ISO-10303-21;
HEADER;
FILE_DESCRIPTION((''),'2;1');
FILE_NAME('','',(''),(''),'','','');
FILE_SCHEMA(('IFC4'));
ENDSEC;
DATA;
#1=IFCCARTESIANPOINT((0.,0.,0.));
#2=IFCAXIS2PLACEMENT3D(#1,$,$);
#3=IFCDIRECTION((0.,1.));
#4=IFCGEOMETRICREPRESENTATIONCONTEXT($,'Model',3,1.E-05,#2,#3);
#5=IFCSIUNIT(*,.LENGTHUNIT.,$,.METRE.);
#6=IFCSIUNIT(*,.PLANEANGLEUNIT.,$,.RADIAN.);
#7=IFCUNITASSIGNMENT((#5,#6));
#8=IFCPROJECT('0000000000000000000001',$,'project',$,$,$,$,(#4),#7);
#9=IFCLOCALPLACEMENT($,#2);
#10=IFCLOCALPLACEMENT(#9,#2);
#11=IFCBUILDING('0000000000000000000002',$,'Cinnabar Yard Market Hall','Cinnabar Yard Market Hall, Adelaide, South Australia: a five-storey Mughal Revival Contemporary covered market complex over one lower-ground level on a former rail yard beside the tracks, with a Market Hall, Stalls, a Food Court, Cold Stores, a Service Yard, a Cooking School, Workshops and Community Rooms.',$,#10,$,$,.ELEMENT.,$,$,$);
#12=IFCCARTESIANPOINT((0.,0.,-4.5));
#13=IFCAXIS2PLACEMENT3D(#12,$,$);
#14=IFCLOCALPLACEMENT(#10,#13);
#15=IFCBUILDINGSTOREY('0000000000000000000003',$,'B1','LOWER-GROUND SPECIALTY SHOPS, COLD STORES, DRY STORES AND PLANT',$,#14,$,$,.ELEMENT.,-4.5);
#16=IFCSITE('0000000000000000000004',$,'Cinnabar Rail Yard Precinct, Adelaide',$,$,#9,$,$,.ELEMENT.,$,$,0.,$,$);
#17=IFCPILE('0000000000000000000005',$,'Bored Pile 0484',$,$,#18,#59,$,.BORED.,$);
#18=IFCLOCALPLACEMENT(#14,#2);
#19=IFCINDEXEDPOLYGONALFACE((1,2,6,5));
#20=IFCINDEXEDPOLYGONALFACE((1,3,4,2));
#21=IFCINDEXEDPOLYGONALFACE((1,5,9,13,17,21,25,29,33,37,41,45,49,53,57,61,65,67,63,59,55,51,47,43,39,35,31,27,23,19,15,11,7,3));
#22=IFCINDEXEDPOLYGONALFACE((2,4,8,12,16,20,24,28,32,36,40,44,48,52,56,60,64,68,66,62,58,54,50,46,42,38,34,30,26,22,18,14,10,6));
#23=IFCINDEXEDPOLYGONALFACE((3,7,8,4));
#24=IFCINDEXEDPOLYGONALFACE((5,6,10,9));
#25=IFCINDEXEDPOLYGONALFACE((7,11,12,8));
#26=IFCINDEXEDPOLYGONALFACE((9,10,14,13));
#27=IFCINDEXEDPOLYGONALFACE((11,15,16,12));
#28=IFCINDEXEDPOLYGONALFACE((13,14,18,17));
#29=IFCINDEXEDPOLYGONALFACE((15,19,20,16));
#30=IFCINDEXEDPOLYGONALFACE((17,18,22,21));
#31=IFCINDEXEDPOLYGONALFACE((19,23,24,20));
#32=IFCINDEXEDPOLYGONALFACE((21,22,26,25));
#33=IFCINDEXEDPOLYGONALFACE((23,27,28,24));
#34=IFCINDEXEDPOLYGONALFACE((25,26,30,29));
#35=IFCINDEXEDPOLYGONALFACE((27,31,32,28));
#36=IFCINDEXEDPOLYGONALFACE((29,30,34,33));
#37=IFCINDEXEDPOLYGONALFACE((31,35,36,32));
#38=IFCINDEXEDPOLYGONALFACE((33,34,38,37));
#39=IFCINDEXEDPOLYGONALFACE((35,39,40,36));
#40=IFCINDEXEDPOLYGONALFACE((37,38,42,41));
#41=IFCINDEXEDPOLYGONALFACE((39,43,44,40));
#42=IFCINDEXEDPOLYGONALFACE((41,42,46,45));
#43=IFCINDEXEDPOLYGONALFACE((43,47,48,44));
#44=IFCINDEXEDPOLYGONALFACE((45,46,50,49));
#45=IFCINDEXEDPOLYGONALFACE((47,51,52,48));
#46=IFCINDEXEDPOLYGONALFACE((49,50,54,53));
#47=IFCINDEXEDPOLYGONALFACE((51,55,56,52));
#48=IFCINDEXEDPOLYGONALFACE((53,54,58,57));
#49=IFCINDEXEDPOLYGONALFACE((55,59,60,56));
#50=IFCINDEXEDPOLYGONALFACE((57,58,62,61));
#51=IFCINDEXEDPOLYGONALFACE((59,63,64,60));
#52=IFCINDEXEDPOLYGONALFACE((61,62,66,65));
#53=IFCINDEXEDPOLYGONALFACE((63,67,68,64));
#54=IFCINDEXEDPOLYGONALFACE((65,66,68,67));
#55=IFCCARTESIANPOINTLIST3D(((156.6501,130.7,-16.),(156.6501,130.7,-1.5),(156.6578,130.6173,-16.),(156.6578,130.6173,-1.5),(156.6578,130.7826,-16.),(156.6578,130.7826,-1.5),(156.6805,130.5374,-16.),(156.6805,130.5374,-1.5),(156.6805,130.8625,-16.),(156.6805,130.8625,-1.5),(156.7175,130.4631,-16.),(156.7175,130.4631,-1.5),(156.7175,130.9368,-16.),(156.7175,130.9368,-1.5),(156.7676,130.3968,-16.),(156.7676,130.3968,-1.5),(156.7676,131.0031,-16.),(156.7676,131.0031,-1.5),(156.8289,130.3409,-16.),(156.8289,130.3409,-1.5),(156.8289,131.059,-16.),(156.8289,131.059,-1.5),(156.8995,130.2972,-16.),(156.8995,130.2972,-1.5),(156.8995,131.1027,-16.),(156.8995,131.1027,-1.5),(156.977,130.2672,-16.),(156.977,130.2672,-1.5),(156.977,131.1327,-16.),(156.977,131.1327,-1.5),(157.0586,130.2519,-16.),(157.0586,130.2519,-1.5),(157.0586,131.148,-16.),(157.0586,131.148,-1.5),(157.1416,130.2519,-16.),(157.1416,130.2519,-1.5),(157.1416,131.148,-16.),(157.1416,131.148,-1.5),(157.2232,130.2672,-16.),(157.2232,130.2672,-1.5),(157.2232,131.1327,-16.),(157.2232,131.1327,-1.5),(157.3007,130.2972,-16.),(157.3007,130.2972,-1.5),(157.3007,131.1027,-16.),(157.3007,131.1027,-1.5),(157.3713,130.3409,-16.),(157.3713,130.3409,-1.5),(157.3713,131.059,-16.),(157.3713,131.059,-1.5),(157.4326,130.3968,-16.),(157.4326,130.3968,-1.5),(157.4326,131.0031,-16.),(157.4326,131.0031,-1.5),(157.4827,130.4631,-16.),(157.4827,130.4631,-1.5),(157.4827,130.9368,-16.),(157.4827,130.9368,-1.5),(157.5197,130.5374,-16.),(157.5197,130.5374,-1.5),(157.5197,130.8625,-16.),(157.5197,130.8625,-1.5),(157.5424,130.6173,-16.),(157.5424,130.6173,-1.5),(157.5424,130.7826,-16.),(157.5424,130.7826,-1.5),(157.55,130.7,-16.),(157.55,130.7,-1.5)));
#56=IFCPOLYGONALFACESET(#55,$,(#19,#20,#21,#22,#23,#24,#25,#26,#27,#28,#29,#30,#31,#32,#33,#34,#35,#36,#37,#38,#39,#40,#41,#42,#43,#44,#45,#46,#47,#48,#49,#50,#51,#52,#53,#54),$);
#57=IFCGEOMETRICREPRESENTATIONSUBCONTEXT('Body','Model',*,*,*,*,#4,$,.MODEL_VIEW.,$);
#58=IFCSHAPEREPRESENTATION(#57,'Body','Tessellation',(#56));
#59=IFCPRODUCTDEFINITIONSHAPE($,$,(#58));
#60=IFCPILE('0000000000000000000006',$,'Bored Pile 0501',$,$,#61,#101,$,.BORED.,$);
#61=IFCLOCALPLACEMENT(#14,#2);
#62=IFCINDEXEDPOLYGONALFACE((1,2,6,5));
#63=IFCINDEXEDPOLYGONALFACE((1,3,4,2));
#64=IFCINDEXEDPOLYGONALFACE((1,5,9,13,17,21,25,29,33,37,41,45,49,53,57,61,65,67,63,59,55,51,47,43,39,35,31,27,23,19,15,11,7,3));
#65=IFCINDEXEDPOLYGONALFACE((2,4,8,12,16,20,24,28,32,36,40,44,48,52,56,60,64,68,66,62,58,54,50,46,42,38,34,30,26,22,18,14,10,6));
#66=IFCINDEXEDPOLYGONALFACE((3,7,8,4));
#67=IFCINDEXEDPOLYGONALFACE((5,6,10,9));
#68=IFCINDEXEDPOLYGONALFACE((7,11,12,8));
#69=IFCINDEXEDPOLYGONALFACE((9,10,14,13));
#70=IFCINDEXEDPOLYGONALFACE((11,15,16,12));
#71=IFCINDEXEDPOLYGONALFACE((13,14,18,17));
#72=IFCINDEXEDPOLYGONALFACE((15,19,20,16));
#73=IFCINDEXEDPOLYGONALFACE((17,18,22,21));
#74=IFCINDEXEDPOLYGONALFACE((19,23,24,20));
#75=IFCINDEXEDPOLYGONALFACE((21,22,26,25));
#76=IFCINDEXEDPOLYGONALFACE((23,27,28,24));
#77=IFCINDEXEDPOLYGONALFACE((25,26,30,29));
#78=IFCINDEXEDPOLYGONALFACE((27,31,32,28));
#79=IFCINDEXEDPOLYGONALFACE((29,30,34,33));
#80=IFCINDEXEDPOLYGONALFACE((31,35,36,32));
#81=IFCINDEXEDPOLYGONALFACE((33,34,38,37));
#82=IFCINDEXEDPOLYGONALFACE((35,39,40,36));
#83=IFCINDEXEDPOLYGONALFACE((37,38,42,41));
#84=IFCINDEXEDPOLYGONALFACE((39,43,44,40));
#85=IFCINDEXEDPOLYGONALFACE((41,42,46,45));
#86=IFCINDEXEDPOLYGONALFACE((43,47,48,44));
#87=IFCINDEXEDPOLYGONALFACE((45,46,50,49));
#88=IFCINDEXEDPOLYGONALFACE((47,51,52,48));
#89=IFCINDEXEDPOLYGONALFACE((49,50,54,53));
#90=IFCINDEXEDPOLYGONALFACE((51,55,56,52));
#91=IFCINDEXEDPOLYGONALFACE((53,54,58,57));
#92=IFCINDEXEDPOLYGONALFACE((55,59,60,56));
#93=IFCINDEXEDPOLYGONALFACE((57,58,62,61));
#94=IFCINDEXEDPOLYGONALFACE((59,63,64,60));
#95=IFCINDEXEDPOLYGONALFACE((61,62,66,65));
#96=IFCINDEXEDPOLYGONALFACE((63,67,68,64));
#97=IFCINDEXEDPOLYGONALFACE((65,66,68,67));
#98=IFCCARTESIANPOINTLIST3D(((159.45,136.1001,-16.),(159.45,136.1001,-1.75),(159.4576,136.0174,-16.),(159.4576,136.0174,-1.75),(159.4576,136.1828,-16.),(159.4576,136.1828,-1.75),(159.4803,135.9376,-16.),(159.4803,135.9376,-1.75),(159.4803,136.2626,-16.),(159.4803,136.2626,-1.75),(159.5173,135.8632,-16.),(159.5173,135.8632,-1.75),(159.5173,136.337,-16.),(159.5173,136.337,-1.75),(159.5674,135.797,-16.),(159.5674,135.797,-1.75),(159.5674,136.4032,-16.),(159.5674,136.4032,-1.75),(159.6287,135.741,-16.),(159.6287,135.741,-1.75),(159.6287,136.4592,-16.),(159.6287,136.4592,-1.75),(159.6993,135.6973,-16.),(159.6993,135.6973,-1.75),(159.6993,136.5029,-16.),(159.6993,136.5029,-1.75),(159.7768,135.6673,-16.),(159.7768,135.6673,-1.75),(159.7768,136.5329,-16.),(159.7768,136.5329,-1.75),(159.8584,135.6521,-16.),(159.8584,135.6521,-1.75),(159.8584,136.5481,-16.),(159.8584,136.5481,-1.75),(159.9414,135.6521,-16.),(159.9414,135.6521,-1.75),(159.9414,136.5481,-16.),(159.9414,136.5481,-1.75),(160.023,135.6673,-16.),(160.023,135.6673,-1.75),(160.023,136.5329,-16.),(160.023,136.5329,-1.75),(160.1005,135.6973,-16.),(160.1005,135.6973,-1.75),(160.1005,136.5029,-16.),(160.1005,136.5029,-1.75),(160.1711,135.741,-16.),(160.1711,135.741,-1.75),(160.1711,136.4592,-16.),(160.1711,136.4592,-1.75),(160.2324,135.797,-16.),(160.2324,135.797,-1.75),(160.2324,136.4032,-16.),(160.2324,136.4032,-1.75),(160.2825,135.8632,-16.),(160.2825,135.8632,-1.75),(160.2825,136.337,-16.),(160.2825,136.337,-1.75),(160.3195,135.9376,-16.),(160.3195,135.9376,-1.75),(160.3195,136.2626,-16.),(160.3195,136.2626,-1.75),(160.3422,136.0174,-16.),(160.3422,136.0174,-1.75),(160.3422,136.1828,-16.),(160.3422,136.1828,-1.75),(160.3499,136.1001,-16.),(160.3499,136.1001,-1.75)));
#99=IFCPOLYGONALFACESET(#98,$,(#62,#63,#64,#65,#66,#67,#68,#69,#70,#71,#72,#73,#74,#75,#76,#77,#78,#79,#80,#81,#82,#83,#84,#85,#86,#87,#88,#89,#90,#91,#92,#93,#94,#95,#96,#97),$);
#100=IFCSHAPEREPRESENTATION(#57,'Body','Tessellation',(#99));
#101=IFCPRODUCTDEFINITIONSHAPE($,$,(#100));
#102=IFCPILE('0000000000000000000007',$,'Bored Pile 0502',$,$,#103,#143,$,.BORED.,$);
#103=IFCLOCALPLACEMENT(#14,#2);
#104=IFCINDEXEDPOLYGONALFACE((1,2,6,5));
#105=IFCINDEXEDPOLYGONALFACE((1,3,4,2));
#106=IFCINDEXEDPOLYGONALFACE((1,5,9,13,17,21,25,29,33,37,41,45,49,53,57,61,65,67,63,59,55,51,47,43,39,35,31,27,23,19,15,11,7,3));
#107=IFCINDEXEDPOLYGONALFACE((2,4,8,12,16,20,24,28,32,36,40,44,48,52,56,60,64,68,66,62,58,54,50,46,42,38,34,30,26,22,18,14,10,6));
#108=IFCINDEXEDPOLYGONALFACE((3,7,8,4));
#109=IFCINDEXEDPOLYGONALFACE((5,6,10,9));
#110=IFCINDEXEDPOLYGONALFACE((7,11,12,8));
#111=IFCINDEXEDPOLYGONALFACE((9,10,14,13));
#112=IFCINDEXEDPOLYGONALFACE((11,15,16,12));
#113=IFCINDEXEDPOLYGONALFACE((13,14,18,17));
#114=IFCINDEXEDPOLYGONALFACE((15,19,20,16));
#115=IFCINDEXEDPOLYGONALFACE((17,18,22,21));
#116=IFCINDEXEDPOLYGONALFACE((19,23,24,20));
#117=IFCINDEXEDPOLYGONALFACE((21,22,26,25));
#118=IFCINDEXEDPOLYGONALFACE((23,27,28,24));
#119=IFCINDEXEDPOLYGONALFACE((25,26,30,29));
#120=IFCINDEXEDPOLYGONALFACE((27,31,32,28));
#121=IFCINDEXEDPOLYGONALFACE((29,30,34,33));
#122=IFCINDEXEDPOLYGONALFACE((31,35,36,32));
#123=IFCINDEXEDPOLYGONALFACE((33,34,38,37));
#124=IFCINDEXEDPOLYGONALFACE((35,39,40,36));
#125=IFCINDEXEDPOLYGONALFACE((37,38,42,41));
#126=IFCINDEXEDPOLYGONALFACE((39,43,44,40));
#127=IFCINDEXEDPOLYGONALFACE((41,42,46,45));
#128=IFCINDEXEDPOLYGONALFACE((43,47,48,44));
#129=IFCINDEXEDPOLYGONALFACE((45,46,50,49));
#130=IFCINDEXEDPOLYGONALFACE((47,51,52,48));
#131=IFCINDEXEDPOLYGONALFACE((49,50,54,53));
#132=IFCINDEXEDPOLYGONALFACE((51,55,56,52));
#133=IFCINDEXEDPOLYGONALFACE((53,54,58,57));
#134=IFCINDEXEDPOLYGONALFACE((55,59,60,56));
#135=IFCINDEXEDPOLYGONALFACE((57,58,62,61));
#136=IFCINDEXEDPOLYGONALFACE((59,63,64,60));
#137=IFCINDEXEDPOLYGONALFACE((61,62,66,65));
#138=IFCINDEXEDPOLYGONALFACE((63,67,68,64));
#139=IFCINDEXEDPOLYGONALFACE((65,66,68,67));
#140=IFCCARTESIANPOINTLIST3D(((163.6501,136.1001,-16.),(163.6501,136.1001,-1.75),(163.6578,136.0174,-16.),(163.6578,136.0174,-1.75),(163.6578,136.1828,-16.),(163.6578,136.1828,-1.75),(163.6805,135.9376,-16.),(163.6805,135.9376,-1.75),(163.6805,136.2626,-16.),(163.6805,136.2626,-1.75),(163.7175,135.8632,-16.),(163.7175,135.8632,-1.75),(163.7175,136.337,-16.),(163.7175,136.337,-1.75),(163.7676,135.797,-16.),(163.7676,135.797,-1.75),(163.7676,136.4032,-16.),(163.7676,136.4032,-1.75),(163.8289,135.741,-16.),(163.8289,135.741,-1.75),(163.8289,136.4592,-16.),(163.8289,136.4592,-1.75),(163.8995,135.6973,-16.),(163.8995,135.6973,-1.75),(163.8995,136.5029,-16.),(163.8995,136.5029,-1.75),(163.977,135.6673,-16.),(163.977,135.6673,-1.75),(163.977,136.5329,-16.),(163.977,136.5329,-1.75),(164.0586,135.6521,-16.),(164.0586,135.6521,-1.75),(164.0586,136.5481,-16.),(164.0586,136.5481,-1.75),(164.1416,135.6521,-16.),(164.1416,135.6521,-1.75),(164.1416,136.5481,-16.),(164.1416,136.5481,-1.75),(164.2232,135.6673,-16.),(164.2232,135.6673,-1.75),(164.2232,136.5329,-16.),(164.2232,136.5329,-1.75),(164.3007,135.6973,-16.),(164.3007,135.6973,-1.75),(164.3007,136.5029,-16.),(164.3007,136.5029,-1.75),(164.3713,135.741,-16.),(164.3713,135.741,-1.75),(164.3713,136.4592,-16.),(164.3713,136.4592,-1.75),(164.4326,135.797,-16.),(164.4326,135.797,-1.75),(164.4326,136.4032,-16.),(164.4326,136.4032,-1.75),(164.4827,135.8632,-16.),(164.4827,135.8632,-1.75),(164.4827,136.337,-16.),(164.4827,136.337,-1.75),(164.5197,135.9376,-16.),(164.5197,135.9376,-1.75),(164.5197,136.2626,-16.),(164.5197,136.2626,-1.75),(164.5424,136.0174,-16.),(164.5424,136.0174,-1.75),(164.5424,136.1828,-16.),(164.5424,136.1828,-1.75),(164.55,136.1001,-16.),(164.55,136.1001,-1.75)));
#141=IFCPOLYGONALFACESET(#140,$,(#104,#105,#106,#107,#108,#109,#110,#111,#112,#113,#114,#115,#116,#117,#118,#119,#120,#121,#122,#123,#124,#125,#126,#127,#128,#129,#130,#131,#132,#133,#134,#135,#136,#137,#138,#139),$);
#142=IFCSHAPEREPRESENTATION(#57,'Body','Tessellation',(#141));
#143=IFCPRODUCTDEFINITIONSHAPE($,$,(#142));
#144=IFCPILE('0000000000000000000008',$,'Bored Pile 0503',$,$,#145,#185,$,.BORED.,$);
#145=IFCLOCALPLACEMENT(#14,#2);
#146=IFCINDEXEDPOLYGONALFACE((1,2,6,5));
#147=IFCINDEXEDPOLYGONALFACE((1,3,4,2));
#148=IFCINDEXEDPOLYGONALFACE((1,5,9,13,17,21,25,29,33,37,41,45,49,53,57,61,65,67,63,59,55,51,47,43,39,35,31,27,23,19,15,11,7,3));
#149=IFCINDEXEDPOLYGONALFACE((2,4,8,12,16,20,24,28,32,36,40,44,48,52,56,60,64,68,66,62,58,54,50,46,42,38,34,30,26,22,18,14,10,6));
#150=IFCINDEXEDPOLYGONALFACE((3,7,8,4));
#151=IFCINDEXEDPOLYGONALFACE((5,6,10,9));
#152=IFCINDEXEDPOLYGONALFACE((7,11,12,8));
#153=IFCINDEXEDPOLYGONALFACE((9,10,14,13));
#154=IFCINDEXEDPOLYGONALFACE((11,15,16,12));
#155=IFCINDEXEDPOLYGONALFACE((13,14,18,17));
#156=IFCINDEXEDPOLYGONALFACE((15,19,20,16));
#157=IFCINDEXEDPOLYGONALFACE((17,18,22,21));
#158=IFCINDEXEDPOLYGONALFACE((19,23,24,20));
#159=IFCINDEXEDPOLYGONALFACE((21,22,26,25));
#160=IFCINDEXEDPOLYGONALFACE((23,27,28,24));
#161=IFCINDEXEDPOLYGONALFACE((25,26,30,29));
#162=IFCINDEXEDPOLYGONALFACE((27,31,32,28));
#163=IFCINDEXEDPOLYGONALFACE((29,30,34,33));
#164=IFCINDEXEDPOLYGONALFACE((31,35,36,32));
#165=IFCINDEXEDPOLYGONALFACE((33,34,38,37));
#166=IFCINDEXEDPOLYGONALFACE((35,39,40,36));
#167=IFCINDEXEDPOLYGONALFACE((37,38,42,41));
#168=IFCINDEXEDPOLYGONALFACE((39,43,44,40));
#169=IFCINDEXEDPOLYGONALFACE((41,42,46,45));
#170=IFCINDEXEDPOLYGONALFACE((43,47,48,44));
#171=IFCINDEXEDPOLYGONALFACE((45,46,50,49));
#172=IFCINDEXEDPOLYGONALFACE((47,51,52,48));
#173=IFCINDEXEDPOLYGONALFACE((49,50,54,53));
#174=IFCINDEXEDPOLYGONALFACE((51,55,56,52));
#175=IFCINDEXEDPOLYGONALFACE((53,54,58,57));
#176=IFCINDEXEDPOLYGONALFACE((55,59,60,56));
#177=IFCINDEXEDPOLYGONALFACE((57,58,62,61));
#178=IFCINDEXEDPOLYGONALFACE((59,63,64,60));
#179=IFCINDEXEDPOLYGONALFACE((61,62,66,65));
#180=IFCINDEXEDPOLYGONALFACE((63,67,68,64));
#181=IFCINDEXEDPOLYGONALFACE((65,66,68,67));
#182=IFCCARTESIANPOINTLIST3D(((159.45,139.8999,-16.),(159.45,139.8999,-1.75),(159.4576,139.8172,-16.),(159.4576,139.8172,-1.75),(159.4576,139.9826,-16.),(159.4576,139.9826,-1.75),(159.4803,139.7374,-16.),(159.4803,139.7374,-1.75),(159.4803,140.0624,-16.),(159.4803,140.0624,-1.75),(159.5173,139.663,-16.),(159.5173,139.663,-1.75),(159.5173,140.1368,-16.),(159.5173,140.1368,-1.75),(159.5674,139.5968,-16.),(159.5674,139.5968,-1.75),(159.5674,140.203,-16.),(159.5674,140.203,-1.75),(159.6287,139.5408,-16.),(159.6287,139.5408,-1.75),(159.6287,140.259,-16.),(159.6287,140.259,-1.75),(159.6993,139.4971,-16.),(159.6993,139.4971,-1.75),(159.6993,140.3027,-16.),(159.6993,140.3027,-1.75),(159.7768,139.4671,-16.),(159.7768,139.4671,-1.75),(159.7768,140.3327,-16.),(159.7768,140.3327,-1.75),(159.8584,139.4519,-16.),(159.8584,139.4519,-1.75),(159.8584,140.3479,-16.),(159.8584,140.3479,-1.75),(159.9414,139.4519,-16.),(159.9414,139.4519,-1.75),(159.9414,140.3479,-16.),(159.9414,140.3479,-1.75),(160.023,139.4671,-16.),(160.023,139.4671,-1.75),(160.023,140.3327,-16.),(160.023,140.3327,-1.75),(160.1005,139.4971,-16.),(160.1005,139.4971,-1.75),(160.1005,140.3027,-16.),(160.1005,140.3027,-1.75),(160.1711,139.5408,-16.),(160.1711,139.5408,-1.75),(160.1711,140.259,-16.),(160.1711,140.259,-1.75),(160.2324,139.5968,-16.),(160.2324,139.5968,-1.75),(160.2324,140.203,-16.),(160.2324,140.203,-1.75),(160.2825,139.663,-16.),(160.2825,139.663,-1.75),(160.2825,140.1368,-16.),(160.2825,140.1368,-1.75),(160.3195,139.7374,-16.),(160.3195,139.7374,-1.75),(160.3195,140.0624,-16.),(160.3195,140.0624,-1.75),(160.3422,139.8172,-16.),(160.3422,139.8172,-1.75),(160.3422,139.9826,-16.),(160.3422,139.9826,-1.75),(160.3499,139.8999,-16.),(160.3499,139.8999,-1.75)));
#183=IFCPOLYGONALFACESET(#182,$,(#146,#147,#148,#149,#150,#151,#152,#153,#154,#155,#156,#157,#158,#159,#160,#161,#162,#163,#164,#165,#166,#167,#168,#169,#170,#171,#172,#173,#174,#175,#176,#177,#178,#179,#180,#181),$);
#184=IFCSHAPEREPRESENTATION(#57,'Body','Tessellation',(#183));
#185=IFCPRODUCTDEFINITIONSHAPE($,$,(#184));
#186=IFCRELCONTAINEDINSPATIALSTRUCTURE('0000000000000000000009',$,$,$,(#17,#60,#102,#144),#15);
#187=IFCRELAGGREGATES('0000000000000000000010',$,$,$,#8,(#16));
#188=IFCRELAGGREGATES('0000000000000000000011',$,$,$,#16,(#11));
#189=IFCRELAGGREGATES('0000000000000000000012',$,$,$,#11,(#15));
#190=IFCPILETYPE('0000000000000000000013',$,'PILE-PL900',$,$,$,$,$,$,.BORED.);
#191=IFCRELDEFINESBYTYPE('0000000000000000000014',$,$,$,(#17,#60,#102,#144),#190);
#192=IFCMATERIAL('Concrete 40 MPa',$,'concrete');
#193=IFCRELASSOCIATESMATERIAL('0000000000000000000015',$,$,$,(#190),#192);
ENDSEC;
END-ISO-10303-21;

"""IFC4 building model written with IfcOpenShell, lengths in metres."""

from ifc_helpers import new_model, si_unit, direction, frame, origin, origin_2d_with_axis, place, context, subcontext, project, spatial, circle, extrude, material, material_profile, profile_set, type_object, element, save


model = new_model("IFC4")

# Units and contexts
model_context = context("Model", 3, precision=1e-05, world=origin(), true_north=direction((0.0, 1.0)))
body_context = subcontext(model_context, "Body", "Model", "MODEL_VIEW")
ifc_project = project(units=[si_unit("LENGTHUNIT", "METRE"), si_unit("PLANEANGLEUNIT", "RADIAN")], contexts=[model_context])

# Site, building, storey
site_placement = place(None, origin())
site = spatial("IfcSite", under=ifc_project, at=site_placement, Name="Cinnabar Rail Yard Precinct, Adelaide", CompositionType="ELEMENT", RefElevation=0.0)
building_placement = place(site_placement, origin())
building = spatial("IfcBuilding", under=site, at=building_placement, Name="Cinnabar Yard Market Hall", Description="Cinnabar Yard Market Hall, Adelaide, South Australia: a five-storey Mughal Revival Contemporary covered market complex over one lower-ground level on a former rail yard beside the tracks, with a Market Hall, Stalls, a Food Court, Cold Stores, a Service Yard, a Cooking School, Workshops and Community Rooms.", CompositionType="ELEMENT")
storey_placement = place(building_placement, frame((0.0, 0.0, -4.5)))
storey = spatial("IfcBuildingStorey", under=building, at=storey_placement, Name="B1", Description="LOWER-GROUND SPECIALTY SHOPS, COLD STORES, DRY STORES AND PLANT", CompositionType="ELEMENT", Elevation=-4.5)

# Shared definitions
ifc_material_1 = material(Name="Concrete 40 MPa", Category="concrete")

# Piles
ifc_material_profile_1 = material_profile(ifc_material_1, circle(Radius=0.45, at=origin_2d_with_axis()), Name="PILE-D900")
ifc_profile_set_1 = profile_set([ifc_material_profile_1], Name="Concrete 40 MPa")
pile_type_1 = type_object("IfcPileType", Name="PILE-PL900", PredefinedType="BORED", material=ifc_profile_set_1)
for number, where, z_axis, x_axis, name in (
    (1, (157.1001, 130.7, -1.5), (0.0, 0.0, -1.0), (1.0, 0.0, 0.0), "Bored Pile 0484"),
):
    element("IfcPile", number, at=place(storey_placement, frame(where, z_axis=z_axis, x_axis=x_axis)), inside=storey, type_object=pile_type_1, Name=name, PredefinedType="BORED", context=body_context, shape_type="SweptSolid", body=[
        extrude(circle(Radius=0.45, at=origin_2d_with_axis()), origin(), (0.0, 0.0, 1.0), 14.5),
    ])
for number, where, z_axis, x_axis, name in (
    (2, (159.8999, 136.1001, -1.75), (0.0, 0.0, -1.0), (1.0, 0.0, 0.0), "Bored Pile 0501"),
    (3, (164.1001, 136.1001, -1.75), (0.0, 0.0, -1.0), (1.0, 0.0, 0.0), "Bored Pile 0502"),
    (4, (159.8999, 139.8999, -1.75), (0.0, 0.0, -1.0), (1.0, 0.0, 0.0), "Bored Pile 0503"),
):
    element("IfcPile", number, at=place(storey_placement, frame(where, z_axis=z_axis, x_axis=x_axis)), inside=storey, type_object=pile_type_1, Name=name, PredefinedType="BORED", context=body_context, shape_type="SweptSolid", body=[
        extrude(circle(Radius=0.45, at=origin_2d_with_axis()), origin(), (0.0, 0.0, 1.0), 14.25),
    ])

save(model, "model.ifc")
